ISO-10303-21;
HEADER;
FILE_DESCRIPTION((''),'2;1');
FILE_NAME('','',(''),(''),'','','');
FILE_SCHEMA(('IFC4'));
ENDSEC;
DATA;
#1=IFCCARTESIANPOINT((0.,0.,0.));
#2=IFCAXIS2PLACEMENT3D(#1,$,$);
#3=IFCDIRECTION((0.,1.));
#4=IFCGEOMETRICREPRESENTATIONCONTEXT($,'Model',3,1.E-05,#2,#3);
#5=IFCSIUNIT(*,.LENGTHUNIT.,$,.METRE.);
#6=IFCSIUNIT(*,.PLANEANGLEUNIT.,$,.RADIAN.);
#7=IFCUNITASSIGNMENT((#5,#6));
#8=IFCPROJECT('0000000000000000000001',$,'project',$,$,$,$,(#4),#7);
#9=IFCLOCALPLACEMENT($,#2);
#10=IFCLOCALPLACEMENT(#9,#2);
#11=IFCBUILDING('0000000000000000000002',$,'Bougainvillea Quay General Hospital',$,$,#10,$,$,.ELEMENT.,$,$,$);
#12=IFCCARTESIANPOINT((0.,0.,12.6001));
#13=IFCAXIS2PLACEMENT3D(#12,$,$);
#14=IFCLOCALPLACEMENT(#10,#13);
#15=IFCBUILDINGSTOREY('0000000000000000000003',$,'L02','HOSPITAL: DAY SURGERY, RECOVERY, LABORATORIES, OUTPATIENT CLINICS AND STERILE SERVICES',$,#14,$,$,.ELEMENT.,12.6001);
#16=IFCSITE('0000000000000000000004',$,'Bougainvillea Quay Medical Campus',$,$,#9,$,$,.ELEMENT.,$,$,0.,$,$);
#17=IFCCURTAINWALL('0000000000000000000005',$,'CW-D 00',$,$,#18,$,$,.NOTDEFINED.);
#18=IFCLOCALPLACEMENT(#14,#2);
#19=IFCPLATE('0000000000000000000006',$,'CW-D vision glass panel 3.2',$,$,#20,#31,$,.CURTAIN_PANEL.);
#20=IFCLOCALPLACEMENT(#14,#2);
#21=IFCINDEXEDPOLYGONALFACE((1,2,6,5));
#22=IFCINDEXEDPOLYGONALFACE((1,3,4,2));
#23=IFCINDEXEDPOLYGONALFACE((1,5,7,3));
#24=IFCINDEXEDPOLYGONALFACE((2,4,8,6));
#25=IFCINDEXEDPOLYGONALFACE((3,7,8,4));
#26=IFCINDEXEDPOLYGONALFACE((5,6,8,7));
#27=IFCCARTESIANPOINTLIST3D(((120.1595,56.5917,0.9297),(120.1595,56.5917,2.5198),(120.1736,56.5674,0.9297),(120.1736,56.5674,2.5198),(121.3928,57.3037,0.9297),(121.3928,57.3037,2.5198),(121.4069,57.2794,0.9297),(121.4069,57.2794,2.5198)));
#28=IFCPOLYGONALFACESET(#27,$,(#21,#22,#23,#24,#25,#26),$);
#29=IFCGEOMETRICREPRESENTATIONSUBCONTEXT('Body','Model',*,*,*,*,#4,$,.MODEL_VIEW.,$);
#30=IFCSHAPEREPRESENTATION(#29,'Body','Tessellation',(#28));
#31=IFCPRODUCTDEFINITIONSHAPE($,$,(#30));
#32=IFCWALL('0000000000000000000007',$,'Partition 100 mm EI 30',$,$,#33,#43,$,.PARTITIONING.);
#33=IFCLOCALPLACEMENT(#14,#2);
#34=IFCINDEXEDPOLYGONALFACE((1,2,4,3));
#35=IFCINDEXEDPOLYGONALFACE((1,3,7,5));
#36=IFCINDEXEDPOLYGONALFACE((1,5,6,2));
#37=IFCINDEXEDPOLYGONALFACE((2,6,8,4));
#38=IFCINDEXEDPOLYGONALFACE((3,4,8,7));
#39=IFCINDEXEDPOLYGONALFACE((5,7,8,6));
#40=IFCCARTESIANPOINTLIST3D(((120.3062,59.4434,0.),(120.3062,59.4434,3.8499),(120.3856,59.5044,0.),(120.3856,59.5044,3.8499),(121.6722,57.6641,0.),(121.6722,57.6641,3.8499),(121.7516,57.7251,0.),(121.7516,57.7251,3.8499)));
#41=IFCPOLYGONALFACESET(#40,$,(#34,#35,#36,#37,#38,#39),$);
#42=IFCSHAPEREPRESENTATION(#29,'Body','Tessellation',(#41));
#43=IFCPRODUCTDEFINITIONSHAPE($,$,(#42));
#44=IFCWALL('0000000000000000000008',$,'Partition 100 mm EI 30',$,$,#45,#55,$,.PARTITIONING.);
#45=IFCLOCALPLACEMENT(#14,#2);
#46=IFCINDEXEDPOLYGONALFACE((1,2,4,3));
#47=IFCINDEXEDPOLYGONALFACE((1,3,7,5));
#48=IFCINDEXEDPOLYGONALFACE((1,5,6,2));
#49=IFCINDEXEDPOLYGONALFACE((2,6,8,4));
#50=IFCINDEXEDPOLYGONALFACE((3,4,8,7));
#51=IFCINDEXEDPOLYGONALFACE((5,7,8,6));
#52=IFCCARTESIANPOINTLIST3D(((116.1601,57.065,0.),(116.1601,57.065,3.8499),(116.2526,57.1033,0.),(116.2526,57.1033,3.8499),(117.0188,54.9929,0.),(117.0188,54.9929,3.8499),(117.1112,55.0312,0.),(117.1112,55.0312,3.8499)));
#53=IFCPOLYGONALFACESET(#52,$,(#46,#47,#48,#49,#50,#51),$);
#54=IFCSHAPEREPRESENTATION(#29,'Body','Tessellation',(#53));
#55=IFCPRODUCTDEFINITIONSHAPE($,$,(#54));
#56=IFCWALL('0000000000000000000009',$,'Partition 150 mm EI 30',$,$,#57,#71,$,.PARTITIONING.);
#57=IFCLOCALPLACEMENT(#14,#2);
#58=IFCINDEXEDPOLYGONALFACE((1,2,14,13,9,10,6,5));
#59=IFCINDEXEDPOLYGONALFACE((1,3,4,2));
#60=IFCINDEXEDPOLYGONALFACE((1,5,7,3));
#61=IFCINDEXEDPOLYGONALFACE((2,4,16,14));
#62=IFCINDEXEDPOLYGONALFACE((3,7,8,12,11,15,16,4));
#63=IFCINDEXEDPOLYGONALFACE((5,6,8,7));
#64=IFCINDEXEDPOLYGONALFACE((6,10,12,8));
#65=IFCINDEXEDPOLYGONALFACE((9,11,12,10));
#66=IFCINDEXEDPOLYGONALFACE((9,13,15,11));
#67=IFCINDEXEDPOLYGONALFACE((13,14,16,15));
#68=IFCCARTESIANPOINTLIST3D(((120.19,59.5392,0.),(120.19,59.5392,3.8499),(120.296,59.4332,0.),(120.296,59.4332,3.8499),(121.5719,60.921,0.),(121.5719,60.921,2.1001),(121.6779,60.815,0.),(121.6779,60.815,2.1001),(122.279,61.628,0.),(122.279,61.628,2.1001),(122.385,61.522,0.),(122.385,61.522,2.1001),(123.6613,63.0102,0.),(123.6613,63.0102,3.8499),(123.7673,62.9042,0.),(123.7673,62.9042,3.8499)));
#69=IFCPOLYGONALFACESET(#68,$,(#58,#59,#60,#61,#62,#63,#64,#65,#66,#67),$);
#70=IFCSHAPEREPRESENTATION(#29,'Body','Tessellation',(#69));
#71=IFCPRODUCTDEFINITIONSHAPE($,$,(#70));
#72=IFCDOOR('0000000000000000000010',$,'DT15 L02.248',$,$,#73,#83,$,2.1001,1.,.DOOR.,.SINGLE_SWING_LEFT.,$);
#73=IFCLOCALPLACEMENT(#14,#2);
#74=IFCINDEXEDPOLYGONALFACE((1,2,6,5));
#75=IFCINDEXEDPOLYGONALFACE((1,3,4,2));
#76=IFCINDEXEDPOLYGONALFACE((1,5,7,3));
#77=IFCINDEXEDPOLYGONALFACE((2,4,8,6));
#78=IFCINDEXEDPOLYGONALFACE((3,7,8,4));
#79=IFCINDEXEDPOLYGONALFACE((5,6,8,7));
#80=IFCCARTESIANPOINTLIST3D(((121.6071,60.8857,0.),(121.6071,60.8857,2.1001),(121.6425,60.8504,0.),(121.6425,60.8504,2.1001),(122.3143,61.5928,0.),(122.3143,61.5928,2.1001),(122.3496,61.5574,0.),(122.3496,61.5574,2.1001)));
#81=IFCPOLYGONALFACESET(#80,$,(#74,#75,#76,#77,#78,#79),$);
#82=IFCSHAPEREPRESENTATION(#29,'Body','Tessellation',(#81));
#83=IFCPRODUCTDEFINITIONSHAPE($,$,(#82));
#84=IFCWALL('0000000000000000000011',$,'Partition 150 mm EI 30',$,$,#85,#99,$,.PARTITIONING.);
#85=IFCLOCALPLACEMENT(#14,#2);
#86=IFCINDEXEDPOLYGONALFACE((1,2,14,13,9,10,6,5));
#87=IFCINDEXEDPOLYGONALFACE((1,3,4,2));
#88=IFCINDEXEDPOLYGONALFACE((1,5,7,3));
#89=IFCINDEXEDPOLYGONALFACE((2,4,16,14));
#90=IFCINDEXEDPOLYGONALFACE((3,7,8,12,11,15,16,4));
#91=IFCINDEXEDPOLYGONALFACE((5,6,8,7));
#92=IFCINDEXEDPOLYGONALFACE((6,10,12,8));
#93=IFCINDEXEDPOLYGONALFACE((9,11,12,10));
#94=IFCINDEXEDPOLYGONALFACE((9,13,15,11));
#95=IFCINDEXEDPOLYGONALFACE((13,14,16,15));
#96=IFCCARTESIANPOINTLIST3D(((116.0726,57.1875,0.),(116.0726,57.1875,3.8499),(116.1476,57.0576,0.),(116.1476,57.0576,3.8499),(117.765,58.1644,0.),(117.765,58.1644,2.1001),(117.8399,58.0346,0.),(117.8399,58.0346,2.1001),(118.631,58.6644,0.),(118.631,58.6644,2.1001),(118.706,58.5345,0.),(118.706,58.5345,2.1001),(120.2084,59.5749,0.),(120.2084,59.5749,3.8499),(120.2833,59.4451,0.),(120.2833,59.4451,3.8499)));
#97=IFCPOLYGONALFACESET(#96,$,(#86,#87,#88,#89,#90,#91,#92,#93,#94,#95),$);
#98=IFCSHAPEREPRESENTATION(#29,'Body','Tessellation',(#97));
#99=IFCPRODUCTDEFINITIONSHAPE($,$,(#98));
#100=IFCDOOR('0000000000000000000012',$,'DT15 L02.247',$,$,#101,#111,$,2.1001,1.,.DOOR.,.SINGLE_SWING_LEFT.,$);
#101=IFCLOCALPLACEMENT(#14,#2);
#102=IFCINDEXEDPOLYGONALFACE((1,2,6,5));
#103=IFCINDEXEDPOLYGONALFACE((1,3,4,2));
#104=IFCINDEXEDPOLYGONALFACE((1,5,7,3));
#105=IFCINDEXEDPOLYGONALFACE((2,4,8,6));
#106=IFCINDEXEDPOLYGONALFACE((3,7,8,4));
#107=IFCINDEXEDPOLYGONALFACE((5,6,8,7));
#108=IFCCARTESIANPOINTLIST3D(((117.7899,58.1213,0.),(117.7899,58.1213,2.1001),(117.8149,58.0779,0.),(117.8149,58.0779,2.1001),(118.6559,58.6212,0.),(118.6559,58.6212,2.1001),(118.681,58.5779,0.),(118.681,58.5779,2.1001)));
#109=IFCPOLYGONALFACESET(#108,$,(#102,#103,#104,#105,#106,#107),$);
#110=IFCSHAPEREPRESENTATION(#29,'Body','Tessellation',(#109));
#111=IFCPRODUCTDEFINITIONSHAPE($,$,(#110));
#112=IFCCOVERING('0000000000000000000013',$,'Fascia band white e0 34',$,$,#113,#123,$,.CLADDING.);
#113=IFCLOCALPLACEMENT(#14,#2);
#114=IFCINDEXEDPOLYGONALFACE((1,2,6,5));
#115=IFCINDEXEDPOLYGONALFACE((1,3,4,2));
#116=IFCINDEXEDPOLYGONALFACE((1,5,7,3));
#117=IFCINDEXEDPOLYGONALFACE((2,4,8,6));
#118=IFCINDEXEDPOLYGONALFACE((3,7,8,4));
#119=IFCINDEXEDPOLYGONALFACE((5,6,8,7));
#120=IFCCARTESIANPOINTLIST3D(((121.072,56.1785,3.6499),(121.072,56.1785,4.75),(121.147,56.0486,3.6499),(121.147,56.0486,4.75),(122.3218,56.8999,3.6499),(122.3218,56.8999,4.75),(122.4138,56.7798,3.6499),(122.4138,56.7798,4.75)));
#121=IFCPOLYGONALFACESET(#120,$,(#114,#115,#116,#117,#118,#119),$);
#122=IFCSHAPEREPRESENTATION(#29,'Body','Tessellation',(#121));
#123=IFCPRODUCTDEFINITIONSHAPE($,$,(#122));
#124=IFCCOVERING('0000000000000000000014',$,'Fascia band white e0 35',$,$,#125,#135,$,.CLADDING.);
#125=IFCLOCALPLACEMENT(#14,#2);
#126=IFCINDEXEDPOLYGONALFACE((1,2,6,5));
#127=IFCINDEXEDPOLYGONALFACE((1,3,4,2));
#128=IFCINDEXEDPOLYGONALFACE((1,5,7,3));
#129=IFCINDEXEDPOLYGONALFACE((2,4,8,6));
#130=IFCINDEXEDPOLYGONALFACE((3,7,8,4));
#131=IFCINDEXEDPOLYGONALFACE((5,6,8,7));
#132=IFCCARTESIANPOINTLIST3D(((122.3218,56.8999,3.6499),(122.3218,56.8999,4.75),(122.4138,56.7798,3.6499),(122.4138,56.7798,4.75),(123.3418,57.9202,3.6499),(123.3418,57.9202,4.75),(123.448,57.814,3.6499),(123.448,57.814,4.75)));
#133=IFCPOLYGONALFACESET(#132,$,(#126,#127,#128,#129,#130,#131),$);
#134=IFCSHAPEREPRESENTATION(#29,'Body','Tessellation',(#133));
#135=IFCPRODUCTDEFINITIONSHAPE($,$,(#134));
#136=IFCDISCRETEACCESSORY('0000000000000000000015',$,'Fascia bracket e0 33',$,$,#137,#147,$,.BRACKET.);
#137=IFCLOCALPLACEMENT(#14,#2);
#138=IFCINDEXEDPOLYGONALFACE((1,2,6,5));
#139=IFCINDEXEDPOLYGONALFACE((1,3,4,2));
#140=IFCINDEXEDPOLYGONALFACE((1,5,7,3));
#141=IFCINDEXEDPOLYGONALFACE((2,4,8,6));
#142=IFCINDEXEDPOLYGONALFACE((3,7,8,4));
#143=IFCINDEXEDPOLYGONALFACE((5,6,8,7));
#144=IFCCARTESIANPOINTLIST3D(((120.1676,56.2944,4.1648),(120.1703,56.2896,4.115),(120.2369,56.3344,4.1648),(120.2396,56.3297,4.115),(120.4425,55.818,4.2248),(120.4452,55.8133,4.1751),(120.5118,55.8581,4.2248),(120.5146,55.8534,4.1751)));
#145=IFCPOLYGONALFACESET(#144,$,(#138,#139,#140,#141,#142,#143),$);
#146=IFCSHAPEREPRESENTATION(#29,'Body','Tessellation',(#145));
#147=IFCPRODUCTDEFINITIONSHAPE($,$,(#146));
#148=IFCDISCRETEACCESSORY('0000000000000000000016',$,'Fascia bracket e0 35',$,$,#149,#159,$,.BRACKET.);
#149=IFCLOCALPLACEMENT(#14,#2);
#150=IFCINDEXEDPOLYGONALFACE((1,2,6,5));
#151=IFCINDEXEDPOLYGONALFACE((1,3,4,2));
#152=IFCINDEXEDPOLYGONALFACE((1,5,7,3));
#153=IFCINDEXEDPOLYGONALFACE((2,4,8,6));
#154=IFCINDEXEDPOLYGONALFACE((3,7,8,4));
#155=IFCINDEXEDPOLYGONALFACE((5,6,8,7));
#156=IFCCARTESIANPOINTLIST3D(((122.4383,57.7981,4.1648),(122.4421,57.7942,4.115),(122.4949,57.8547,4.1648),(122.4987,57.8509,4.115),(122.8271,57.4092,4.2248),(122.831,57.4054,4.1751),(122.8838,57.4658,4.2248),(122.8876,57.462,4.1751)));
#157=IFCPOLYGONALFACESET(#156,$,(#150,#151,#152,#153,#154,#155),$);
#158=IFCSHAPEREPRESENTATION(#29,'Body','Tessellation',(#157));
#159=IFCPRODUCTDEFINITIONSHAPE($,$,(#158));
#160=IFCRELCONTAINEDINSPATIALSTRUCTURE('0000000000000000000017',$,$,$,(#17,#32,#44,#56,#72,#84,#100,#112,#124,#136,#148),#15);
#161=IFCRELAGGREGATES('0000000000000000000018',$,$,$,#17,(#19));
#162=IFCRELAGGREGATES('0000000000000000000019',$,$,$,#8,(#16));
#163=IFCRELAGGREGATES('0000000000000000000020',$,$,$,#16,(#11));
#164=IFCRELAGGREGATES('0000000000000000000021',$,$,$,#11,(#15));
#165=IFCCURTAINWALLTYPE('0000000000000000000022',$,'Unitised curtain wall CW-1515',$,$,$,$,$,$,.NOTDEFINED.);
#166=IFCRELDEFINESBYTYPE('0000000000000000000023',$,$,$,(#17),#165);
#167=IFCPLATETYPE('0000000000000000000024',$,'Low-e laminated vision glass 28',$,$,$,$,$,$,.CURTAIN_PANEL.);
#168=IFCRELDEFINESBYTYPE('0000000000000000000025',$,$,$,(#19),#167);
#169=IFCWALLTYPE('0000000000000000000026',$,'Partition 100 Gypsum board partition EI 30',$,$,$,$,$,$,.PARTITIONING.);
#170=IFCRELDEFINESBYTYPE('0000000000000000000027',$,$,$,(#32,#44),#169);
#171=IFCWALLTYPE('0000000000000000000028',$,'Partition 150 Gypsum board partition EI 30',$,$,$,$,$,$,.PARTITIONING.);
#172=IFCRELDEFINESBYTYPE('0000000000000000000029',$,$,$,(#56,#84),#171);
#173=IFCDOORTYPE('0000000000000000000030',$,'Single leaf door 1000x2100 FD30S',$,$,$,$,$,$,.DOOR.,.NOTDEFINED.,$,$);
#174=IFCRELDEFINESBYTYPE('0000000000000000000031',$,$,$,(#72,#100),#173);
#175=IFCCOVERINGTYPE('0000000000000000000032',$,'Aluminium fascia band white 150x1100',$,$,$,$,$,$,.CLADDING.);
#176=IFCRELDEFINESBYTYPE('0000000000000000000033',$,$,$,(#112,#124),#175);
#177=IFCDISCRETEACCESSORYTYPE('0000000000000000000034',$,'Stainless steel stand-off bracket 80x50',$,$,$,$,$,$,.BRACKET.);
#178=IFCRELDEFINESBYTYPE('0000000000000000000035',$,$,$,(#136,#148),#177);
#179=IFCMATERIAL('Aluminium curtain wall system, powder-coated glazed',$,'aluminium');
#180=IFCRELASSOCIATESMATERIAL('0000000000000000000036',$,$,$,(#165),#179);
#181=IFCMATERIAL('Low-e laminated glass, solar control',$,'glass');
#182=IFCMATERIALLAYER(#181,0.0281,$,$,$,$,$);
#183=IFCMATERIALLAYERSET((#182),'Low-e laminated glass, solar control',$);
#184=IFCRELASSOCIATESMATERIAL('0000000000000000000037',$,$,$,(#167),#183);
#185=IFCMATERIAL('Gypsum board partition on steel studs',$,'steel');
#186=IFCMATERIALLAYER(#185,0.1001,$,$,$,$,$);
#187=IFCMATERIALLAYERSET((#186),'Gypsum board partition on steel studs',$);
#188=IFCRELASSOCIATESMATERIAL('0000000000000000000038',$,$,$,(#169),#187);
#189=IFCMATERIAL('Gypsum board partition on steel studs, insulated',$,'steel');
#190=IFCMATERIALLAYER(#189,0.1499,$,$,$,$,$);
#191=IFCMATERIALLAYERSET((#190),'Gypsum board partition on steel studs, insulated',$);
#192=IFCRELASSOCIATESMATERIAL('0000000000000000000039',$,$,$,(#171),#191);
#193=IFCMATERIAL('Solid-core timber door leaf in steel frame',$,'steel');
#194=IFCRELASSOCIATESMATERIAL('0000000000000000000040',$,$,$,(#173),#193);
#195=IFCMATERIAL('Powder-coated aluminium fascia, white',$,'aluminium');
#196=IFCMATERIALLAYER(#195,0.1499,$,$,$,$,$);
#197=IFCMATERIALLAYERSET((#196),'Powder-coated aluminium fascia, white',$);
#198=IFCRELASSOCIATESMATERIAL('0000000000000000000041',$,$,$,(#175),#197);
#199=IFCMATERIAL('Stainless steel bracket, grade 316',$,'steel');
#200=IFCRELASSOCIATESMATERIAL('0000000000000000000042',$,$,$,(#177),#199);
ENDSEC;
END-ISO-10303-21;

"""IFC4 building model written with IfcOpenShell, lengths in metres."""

from ifc_helpers import new_model, si_unit, direction, frame, frame_2d, origin, origin_2d, place, context, subcontext, project, spatial, polyline, rectangle, outline, extrude, material, layer, layer_set, material_profile, profile_set, type_object, element, fill, aggregate, save


model = new_model("IFC4")

# Units and contexts
model_context = context("Model", 3, precision=1e-05, world=origin(), true_north=direction((0.0, 1.0)))
body_context = subcontext(model_context, "Body", "Model", "MODEL_VIEW")
ifc_project = project(units=[si_unit("LENGTHUNIT", "METRE"), si_unit("PLANEANGLEUNIT", "RADIAN")], contexts=[model_context])

# Site, building, storey
site_placement = place(None, origin())
site = spatial("IfcSite", under=ifc_project, at=site_placement, Name="Bougainvillea Quay Medical Campus", CompositionType="ELEMENT", RefElevation=0.0)
building_placement = place(site_placement, origin())
building = spatial("IfcBuilding", under=site, at=building_placement, Name="Bougainvillea Quay General Hospital", CompositionType="ELEMENT")
storey_placement = place(building_placement, frame((0.0, 0.0, 12.6001)))
storey = spatial("IfcBuildingStorey", under=building, at=storey_placement, Name="L02", Description="HOSPITAL: DAY SURGERY, RECOVERY, LABORATORIES, OUTPATIENT CLINICS AND STERILE SERVICES", CompositionType="ELEMENT", Elevation=12.6001)

# Curtain wall
ifc_material_1 = material(Name="Aluminium curtain wall system, powder-coated glazed", Category="aluminium")
curtain_wall_type_1 = type_object("IfcCurtainWallType", Name="Unitised curtain wall CW-1515", PredefinedType="NOTDEFINED", material=ifc_material_1)
curtain_wall_1_placement = place(storey_placement, origin())
curtain_wall_1 = element("IfcCurtainWall", 1, at=curtain_wall_1_placement, inside=storey, type_object=curtain_wall_type_1, Name="CW-D 00", PredefinedType="NOTDEFINED")

# Plate
ifc_material_2 = material(Name="Low-e laminated glass, solar control", Category="glass")
ifc_layer_1 = layer(ifc_material_2, 0.0281)
ifc_layer_set_1 = layer_set([ifc_layer_1], Name="Low-e laminated glass, solar control")
plate_type_1 = type_object("IfcPlateType", Name="Low-e laminated vision glass 28", PredefinedType="CURTAIN_PANEL", material=ifc_layer_set_1)
plate_1_placement = place(storey_placement, frame((120.7832, 56.9355, 0.9297), z_axis=(0.0, 0.0, 1.0), x_axis=(0.866046, 0.499965, 0.0)))
plate_1 = element("IfcPlate", 2, at=plate_1_placement, type_object=plate_type_1, Name="CW-D vision glass panel 3.2", PredefinedType="CURTAIN_PANEL", context=body_context, shape_type="SweptSolid", body=[
    extrude(rectangle(XDim=1.4241, YDim=0.0281, at=origin_2d()), origin(), (0.0, 0.0, 1.0), 1.5901),
])
aggregate(curtain_wall_1, [plate_1])

# Walls
ifc_material_3 = material(Name="Gypsum board partition on steel studs", Category="steel")
ifc_layer_2 = layer(ifc_material_3, 0.1001)
ifc_layer_set_2 = layer_set([ifc_layer_2], Name="Gypsum board partition on steel studs")
wall_type_1 = type_object("IfcWallType", Name="Partition 100 Gypsum board partition EI 30", PredefinedType="PARTITIONING", material=ifc_layer_set_2)
wall_1_placement = place(storey_placement, frame((120.3459, 59.4739, 0.0), z_axis=(0.0, 0.0, 1.0), x_axis=(0.608948, -0.79321, 0.0)))
element("IfcWall", 3, at=wall_1_placement, inside=storey, type_object=wall_type_1, Name="Partition 100 mm EI 30", PredefinedType="PARTITIONING", context=body_context, shape_type="SweptSolid", body=[
    extrude(rectangle(XDim=2.2432, YDim=0.1001, at=frame_2d((1.1216, 0.0))), origin(), (0.0, 0.0, 1.0), 3.8499),
])
wall_2_placement = place(storey_placement, frame((116.2063, 57.0842, 0.0), z_axis=(0.0, 0.0, 1.0), x_axis=(0.382829, -0.923819, 0.0)))
element("IfcWall", 4, at=wall_2_placement, inside=storey, type_object=wall_type_1, Name="Partition 100 mm EI 30", PredefinedType="PARTITIONING", context=body_context, shape_type="SweptSolid", body=[
    extrude(rectangle(XDim=2.2429, YDim=0.1001, at=frame_2d((1.1216, 0.0))), origin(), (0.0, 0.0, 1.0), 3.8499),
])

# Walls, openings, doors
ifc_material_4 = material(Name="Gypsum board partition on steel studs, insulated", Category="steel")
ifc_layer_3 = layer(ifc_material_4, 0.1499)
ifc_layer_set_3 = layer_set([ifc_layer_3], Name="Gypsum board partition on steel studs, insulated")
wall_type_2 = type_object("IfcWallType", Name="Partition 150 Gypsum board partition EI 30", PredefinedType="PARTITIONING", material=ifc_layer_set_3)
wall_3_placement = place(storey_placement, frame((120.2429, 59.4861, 0.0), z_axis=(0.0, 0.0, 1.0), x_axis=(0.707132, 0.707082, 0.0)))
wall_3 = element("IfcWall", 5, at=wall_3_placement, inside=storey, type_object=wall_type_2, Name="Partition 150 mm EI 30", PredefinedType="PARTITIONING", context=body_context, shape_type="SweptSolid", body=[
    extrude(rectangle(XDim=4.9089, YDim=0.1499, at=frame_2d((2.4546, 0.0))), origin(), (0.0, 0.0, 1.0), 3.8499),
])
opening_1_placement = place(wall_3_placement, frame((1.9543, 0.0, 0.0)))
opening_1 = element("IfcOpeningElement", 6, at=opening_1_placement, cuts=wall_3, PredefinedType="OPENING", context=body_context, shape_type="SweptSolid", body=[
    extrude(rectangle(XDim=1.0, YDim=2.1001, at=frame_2d((0.5, 1.05))), frame((0.0, 0.085, 0.0), z_axis=(0.0, -1.0, 0.0), x_axis=(1.0, 0.0, 0.0)), (0.0, 0.0, 1.0), 0.1699),
])
ifc_material_5 = material(Name="Solid-core timber door leaf in steel frame", Category="steel")
door_type = type_object("IfcDoorType", Name="Single leaf door 1000x2100 FD30S", OperationType="NOTDEFINED", PredefinedType="DOOR", material=ifc_material_5)
door_1_placement = place(opening_1_placement, frame((1.0, 0.0, 0.0), z_axis=(0.0, 0.0, 1.0), x_axis=(-1.0, 0.0, 0.0)))
door_1 = element("IfcDoor", 7, at=door_1_placement, inside=storey, type_object=door_type, Name="DT15 L02.248", OperationType="SINGLE_SWING_LEFT", OverallHeight=2.1001, OverallWidth=1.0, PredefinedType="DOOR", context=body_context, shape_type="SweptSolid", body=[
    extrude(rectangle(XDim=1.0, YDim=2.1001, at=frame_2d((0.5, 1.05))), frame((0.0, 0.0249, 0.0), z_axis=(0.0, -1.0, 0.0), x_axis=(1.0, 0.0, 0.0)), (0.0, 0.0, 1.0), 0.05),
])
fill(opening_1, door_1)
wall_4_placement = place(storey_placement, frame((116.1101, 57.1226, 0.0), z_axis=(0.0, 0.0, 1.0), x_axis=(0.866054, 0.49995, 0.0)))
wall_4 = element("IfcWall", 8, at=wall_4_placement, inside=storey, type_object=wall_type_2, Name="Partition 150 mm EI 30", PredefinedType="PARTITIONING", context=body_context, shape_type="SweptSolid", body=[
    extrude(rectangle(XDim=4.7754, YDim=0.1499, at=frame_2d((2.3877, 0.0))), origin(), (0.0, 0.0, 1.0), 3.8499),
])
opening_2_placement = place(wall_4_placement, frame((1.9541, 0.0, 0.0)))
opening_2 = element("IfcOpeningElement", 9, at=opening_2_placement, cuts=wall_4, PredefinedType="OPENING", context=body_context, shape_type="SweptSolid", body=[
    extrude(rectangle(XDim=1.0, YDim=2.1001, at=frame_2d((0.5, 1.05))), frame((0.0, 0.085, 0.0), z_axis=(0.0, -1.0, 0.0), x_axis=(1.0, 0.0, 0.0)), (0.0, 0.0, 1.0), 0.1699),
])
door_2_placement = place(opening_2_placement, frame((1.0, 0.0, 0.0), z_axis=(0.0, 0.0, 1.0), x_axis=(-1.0, 0.0, 0.0)))
door_2 = element("IfcDoor", 10, at=door_2_placement, inside=storey, type_object=door_type, Name="DT15 L02.247", OperationType="SINGLE_SWING_LEFT", OverallHeight=2.1001, OverallWidth=1.0, PredefinedType="DOOR", context=body_context, shape_type="SweptSolid", body=[
    extrude(rectangle(XDim=1.0, YDim=2.1001, at=frame_2d((0.5, 1.05))), frame((0.0, 0.0249, 0.0), z_axis=(0.0, -1.0, 0.0), x_axis=(1.0, 0.0, 0.0)), (0.0, 0.0, 1.0), 0.05),
])
fill(opening_2, door_2)

# Coverings
ifc_material_6 = material(Name="Powder-coated aluminium fascia, white", Category="aluminium")
ifc_layer_4 = layer(ifc_material_6, 0.1499)
ifc_layer_set_4 = layer_set([ifc_layer_4], Name="Powder-coated aluminium fascia, white")
covering_type = type_object("IfcCoveringType", Name="Aluminium fascia band white 150x1100", PredefinedType="CLADDING", material=ifc_layer_set_4)
covering_1_placement = place(storey_placement, frame((121.072, 56.1785, 3.6499), z_axis=(0.0, 0.0, 1.0), x_axis=(0.866059, 0.499942, 0.0)))
element("IfcCovering", 11, at=covering_1_placement, inside=storey, type_object=covering_type, Name="Fascia band white e0 34", PredefinedType="CLADDING", context=body_context, shape_type="SweptSolid", body=[
    extrude(outline(polyline([(0.0, 0.0), (1.443, 0.0), (1.4627, -0.15), (0.0, -0.15), (0.0, 0.0)])), origin(), (0.0, 0.0, 1.0), 1.1001),
])
covering_2_placement = place(storey_placement, frame((122.3218, 56.8999, 3.6499), z_axis=(0.0, 0.0, 1.0), x_axis=(0.707022, 0.707191, 0.0)))
element("IfcCovering", 12, at=covering_2_placement, inside=storey, type_object=covering_type, Name="Fascia band white e0 35", PredefinedType="CLADDING", context=body_context, shape_type="SweptSolid", body=[
    extrude(outline(polyline([(0.0, 0.0), (1.4427, 0.0), (1.4427, -0.1502), (-0.0199, -0.15), (0.0, 0.0)])), origin(), (0.0, 0.0, 1.0), 1.1001),
])

# Discrete accessories
ifc_material_7 = material(Name="Stainless steel bracket, grade 316", Category="steel")
ifc_material_profile_1 = material_profile(ifc_material_7, rectangle(XDim=0.0801, YDim=0.05, at=origin_2d()))
ifc_profile_set_1 = profile_set([ifc_material_profile_1], Name="Stainless steel bracket, grade 316")
discrete_accessory_type = type_object("IfcDiscreteAccessoryType", Name="Stainless steel stand-off bracket 80x50", PredefinedType="BRACKET", material=ifc_profile_set_1)
for number, where, z_axis, x_axis, name in (
    (13, (120.2036, 56.312, 4.1399), (0.496909, -0.860985, 0.108561), (0.866104, 0.499863, 0.0), "Fascia bracket e0 33"),
    (14, (122.4685, 57.8245, 4.1399), (0.702928, -0.702928, 0.10855), (0.707107, 0.707107, 0.0), "Fascia bracket e0 35"),
):
    element("IfcDiscreteAccessory", number, at=place(storey_placement, frame(where, z_axis=z_axis, x_axis=x_axis)), inside=storey, type_object=discrete_accessory_type, Name=name, PredefinedType="BRACKET", context=body_context, shape_type="SweptSolid", body=[
        extrude(rectangle(XDim=0.0801, YDim=0.05, at=origin_2d()), origin(), (0.0, 0.0, 1.0), 0.5532),
    ])

save(model, "model.ifc")
